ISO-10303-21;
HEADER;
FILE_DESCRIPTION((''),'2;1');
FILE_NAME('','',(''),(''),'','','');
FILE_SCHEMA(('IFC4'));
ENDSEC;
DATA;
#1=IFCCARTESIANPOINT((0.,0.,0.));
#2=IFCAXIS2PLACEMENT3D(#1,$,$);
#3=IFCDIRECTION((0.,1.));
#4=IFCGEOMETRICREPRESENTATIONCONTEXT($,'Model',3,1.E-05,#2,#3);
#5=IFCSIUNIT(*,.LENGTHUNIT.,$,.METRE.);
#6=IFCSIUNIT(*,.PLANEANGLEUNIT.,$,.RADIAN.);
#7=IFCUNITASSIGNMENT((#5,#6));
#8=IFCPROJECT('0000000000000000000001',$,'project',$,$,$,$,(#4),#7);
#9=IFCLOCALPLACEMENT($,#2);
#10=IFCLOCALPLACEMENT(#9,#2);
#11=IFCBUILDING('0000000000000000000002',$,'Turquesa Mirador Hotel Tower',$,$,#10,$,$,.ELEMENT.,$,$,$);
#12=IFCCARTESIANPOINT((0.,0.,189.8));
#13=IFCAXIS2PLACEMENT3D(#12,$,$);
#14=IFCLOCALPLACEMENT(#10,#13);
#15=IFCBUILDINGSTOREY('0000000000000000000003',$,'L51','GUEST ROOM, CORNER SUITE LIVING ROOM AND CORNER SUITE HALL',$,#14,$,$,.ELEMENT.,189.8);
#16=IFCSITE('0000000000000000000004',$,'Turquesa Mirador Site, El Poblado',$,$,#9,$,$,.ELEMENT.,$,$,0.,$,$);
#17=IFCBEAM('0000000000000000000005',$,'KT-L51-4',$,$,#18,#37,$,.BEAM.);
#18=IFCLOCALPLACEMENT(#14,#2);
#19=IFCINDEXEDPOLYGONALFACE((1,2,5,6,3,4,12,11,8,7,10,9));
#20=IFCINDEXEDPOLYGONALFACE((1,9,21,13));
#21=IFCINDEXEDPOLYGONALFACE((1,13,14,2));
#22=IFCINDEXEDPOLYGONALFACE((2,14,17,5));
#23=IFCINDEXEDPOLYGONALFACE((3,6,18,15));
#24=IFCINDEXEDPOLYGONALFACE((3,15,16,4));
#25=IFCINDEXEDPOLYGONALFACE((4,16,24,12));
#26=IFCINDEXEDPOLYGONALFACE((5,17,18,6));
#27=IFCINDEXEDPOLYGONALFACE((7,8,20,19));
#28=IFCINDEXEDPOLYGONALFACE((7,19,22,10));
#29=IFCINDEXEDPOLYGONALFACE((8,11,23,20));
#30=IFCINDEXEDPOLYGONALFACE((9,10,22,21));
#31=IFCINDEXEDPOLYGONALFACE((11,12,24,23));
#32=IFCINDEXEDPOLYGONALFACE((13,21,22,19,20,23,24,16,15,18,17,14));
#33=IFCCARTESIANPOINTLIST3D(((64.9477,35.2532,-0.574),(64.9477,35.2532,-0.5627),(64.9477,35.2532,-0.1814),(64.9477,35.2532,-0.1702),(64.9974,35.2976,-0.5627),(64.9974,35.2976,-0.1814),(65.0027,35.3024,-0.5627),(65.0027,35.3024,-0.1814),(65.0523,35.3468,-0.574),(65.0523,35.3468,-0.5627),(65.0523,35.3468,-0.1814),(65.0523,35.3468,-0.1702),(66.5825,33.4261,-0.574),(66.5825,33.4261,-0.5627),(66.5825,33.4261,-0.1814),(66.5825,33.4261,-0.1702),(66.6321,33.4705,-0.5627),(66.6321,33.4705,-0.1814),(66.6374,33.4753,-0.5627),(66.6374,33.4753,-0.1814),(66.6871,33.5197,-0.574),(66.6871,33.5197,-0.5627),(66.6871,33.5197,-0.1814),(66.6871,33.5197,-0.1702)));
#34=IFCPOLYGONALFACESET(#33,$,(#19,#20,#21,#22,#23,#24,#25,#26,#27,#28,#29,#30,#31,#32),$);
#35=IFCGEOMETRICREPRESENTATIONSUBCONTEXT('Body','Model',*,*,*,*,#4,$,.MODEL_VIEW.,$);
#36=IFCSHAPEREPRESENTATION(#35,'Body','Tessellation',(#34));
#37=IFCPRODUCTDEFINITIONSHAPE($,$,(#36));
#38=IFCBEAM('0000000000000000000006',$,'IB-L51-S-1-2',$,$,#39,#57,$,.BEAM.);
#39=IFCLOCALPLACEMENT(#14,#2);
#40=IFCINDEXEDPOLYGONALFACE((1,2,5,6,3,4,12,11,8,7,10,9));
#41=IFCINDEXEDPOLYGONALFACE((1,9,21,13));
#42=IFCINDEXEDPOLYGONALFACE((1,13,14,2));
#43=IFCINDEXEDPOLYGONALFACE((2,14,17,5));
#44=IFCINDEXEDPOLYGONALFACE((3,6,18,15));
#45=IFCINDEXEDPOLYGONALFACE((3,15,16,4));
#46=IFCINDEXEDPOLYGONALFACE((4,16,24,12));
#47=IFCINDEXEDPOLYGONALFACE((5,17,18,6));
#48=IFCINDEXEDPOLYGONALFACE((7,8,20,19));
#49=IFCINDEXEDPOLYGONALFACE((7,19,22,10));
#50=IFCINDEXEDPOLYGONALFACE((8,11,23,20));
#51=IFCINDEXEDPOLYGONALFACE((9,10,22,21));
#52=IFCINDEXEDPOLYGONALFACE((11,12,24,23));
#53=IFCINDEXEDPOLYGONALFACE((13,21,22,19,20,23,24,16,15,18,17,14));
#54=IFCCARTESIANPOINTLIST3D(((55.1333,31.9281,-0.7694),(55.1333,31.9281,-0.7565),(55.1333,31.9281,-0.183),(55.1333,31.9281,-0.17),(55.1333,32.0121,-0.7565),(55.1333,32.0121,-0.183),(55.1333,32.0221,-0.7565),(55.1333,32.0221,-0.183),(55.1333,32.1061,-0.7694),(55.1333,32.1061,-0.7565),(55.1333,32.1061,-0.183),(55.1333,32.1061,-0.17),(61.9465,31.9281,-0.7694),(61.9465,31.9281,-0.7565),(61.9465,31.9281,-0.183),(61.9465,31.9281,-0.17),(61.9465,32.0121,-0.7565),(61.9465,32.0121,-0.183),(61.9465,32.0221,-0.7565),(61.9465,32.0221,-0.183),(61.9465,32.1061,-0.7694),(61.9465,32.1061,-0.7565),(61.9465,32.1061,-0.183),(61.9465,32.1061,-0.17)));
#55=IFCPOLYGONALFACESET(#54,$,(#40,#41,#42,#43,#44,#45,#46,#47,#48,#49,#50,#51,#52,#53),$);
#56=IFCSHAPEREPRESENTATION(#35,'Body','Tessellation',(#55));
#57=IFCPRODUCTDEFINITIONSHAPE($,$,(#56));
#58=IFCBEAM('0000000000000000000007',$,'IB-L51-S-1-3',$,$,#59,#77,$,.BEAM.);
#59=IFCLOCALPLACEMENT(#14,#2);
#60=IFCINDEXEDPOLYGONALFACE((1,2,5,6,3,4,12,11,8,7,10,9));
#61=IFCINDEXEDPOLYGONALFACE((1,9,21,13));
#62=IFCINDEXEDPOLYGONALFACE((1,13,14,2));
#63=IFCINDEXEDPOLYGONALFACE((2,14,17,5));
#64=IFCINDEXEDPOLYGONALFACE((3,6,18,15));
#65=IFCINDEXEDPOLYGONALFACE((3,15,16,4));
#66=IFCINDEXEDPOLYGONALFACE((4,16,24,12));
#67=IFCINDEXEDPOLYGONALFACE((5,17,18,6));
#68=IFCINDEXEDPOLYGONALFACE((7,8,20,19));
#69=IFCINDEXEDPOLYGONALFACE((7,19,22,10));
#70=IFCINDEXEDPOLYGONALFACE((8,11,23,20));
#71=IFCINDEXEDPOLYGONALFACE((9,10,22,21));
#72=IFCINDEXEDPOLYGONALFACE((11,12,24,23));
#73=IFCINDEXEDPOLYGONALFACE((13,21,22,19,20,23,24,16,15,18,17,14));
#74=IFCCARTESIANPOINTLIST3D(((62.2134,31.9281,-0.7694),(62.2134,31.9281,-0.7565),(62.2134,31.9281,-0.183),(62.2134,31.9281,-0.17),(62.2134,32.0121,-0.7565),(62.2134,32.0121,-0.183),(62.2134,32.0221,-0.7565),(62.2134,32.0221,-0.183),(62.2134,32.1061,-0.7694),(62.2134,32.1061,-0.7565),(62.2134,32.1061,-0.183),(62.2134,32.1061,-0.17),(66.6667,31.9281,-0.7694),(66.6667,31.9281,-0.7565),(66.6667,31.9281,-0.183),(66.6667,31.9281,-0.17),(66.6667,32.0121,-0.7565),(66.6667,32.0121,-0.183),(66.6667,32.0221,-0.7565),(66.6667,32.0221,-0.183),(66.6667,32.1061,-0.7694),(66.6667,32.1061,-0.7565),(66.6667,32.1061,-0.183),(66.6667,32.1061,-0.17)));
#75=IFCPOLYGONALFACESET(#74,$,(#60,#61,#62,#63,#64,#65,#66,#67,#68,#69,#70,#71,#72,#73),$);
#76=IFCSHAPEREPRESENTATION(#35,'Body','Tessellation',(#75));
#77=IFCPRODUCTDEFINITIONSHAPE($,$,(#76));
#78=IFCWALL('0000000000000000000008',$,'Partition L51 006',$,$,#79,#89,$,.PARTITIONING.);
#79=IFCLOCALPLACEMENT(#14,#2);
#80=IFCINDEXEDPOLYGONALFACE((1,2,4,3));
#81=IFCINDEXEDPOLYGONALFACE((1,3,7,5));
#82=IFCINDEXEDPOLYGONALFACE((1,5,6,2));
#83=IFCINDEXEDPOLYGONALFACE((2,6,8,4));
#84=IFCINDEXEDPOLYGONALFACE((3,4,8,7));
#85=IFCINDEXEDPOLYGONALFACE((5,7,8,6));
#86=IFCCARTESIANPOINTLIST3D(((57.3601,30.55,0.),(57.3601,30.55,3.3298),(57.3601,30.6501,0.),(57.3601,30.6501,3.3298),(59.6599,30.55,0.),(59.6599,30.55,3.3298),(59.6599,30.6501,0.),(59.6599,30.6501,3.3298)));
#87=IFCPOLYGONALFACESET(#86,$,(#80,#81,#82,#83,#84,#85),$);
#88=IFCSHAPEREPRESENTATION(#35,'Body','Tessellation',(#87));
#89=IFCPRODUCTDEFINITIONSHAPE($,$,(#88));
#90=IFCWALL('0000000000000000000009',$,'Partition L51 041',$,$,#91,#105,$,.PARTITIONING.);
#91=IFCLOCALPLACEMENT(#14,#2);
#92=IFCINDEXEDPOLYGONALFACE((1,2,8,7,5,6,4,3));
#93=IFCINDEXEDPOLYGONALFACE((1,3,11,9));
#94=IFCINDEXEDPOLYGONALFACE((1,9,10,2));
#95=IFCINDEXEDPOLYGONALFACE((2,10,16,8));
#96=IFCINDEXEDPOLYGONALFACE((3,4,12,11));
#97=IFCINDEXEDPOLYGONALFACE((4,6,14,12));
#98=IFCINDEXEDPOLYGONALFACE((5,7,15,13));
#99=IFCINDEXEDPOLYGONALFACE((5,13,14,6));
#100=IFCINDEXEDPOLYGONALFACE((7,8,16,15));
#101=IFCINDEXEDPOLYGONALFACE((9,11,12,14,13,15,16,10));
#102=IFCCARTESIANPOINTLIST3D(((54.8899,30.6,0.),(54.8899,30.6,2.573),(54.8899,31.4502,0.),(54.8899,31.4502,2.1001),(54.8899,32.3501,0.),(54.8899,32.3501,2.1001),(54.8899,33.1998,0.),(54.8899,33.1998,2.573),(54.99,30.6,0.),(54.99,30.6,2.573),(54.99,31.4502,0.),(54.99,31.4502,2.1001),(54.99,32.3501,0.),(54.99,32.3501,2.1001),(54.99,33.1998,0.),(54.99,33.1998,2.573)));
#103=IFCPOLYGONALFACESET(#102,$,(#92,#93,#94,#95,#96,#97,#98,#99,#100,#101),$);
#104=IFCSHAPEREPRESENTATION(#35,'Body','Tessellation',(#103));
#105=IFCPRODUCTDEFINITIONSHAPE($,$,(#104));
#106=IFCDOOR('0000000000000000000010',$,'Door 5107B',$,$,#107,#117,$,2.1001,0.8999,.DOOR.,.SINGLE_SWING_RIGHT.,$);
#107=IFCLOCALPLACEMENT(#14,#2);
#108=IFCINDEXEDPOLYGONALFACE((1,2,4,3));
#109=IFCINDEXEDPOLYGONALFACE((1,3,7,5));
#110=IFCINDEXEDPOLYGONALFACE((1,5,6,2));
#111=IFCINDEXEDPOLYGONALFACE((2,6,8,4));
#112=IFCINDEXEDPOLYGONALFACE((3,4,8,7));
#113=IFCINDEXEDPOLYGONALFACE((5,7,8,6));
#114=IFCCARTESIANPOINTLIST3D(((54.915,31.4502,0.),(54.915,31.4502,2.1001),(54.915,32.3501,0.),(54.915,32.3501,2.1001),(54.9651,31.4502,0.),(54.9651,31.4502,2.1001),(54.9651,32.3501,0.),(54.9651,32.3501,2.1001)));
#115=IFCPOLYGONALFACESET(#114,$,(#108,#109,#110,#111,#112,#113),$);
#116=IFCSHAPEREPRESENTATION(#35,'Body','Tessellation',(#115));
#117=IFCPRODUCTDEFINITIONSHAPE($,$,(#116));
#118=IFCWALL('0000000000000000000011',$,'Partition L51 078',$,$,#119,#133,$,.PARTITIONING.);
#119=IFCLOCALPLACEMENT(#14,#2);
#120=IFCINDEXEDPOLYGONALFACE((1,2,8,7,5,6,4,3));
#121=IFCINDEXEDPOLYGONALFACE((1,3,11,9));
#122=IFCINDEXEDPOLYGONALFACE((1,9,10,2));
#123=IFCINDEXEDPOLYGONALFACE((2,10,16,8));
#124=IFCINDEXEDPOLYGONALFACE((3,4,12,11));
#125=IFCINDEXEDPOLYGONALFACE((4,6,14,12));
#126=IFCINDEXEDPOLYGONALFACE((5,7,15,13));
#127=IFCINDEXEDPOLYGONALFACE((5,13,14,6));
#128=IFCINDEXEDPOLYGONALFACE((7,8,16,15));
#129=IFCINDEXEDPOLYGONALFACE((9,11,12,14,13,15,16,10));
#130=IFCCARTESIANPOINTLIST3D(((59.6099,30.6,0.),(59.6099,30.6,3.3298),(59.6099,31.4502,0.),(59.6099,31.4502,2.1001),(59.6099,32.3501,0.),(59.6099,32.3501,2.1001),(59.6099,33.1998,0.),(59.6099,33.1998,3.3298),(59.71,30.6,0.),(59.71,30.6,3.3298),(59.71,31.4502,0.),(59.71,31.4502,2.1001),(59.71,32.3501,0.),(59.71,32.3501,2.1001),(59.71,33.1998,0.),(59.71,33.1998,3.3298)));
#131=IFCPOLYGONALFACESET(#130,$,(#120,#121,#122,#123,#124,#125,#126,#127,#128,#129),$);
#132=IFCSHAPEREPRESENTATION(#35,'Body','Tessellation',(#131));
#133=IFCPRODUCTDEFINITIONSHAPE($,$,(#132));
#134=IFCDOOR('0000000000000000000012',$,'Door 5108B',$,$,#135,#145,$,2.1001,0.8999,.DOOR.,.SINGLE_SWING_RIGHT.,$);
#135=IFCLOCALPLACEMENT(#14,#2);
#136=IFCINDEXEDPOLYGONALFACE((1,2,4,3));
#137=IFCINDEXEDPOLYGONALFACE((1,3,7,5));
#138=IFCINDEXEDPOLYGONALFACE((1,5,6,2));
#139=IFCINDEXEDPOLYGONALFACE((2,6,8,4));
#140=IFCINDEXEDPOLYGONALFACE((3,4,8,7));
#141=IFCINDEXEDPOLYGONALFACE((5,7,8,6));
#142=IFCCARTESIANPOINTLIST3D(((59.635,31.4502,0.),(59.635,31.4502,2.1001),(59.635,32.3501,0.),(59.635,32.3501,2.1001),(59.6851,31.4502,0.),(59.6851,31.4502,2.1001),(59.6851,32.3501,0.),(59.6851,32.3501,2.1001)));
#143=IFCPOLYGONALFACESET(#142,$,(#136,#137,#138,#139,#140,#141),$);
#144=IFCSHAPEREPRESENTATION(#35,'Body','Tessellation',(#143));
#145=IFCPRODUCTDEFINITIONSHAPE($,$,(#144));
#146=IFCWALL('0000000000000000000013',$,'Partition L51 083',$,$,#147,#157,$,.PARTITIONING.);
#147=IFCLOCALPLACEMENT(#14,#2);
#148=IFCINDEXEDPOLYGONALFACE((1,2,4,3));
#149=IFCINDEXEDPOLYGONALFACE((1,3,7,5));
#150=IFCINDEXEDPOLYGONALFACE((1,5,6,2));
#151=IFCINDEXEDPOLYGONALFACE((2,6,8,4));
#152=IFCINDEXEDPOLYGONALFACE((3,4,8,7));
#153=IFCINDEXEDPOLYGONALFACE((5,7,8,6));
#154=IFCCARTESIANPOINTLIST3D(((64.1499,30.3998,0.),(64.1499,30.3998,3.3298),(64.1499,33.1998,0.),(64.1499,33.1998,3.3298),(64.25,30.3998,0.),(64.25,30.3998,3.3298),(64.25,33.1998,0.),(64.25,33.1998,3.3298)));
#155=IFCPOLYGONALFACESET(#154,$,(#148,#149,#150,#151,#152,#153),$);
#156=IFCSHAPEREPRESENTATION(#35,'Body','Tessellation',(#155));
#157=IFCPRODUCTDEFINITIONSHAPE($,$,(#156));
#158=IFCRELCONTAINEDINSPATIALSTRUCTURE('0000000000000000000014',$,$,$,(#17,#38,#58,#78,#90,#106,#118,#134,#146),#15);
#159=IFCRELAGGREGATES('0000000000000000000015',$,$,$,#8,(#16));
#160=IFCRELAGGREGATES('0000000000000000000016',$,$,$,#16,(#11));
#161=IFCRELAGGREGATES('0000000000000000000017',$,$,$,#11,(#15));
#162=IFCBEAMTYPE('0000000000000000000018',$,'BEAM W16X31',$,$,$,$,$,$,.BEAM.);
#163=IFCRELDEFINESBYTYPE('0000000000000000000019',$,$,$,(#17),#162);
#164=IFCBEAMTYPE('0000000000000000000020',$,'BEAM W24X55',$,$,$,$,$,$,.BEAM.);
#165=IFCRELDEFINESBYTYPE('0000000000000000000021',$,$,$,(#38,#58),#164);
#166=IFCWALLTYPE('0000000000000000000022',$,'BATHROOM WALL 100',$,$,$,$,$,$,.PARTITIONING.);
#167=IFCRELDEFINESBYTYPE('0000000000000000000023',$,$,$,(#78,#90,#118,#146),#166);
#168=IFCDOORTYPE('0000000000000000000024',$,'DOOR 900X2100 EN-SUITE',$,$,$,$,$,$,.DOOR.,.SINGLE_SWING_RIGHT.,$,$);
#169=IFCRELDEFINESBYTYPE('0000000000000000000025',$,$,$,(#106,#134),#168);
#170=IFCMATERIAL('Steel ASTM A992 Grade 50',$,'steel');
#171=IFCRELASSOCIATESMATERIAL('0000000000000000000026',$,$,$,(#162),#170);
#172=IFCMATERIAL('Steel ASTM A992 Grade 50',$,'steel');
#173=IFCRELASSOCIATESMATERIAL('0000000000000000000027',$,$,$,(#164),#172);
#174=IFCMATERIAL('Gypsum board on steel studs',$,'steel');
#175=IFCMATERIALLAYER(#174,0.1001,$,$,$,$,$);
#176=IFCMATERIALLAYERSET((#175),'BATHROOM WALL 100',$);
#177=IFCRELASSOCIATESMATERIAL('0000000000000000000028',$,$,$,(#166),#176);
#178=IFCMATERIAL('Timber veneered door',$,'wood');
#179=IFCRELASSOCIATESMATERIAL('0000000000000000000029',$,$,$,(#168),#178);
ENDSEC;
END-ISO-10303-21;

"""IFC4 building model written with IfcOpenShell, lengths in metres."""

from ifc_helpers import new_model, si_unit, direction, frame, frame_2d, origin, origin_2d, place, context, subcontext, project, spatial, rectangle, i_section, extrude, material, layer, layer_set, material_profile, profile_set, type_object, element, fill, save


model = new_model("IFC4")

# Units and contexts
model_context = context("Model", 3, precision=1e-05, world=origin(), true_north=direction((0.0, 1.0)))
body_context = subcontext(model_context, "Body", "Model", "MODEL_VIEW")
ifc_project = project(units=[si_unit("LENGTHUNIT", "METRE"), si_unit("PLANEANGLEUNIT", "RADIAN")], contexts=[model_context])

# Site, building, storey
site_placement = place(None, origin())
site = spatial("IfcSite", under=ifc_project, at=site_placement, Name="Turquesa Mirador Site, El Poblado", CompositionType="ELEMENT", RefElevation=0.0)
building_placement = place(site_placement, origin())
building = spatial("IfcBuilding", under=site, at=building_placement, Name="Turquesa Mirador Hotel Tower", CompositionType="ELEMENT")
storey_placement = place(building_placement, frame((0.0, 0.0, 189.8)))
storey = spatial("IfcBuildingStorey", under=building, at=storey_placement, Name="L51", Description="GUEST ROOM, CORNER SUITE LIVING ROOM AND CORNER SUITE HALL", CompositionType="ELEMENT", Elevation=189.8)

# Beams
ifc_material_1 = material(Name="Steel ASTM A992 Grade 50", Category="steel")
ifc_material_profile_1 = material_profile(ifc_material_1, i_section(OverallWidth=0.1404, OverallDepth=0.4038, WebThickness=0.0071, FlangeThickness=0.0112, at=origin_2d()), Name="W16X31")
ifc_profile_set_1 = profile_set([ifc_material_profile_1], Name="Steel ASTM A992 Grade 50")
beam_type_1 = type_object("IfcBeamType", Name="BEAM W16X31", PredefinedType="BEAM", material=ifc_profile_set_1)
beam_1_placement = place(storey_placement, frame((66.6348, 33.4729, -0.3721), z_axis=(-0.666783, 0.745252, 0.0), x_axis=(-0.745252, -0.666783, 0.0)))
element("IfcBeam", 1, at=beam_1_placement, inside=storey, type_object=beam_type_1, Name="KT-L51-4", PredefinedType="BEAM", context=body_context, shape_type="SweptSolid", body=[
    extrude(i_section(OverallWidth=0.1404, OverallDepth=0.4038, WebThickness=0.0071, FlangeThickness=0.0112, at=origin_2d()), origin(), (0.0, 0.0, 1.0), 2.4517),
])
ifc_material_2 = material(Name="Steel ASTM A992 Grade 50", Category="steel")
ifc_material_profile_2 = material_profile(ifc_material_2, i_section(OverallWidth=0.178, OverallDepth=0.5994, WebThickness=0.01, FlangeThickness=0.0129, at=origin_2d()), Name="W24X55")
ifc_profile_set_2 = profile_set([ifc_material_profile_2], Name="Steel ASTM A992 Grade 50")
beam_type_2 = type_object("IfcBeamType", Name="BEAM W24X55", PredefinedType="BEAM", material=ifc_profile_set_2)
beam_2_placement = place(storey_placement, frame((55.1333, 32.0171, -0.4697), z_axis=(1.0, 0.0, 0.0), x_axis=(0.0, 1.0, 0.0)))
element("IfcBeam", 2, at=beam_2_placement, inside=storey, type_object=beam_type_2, Name="IB-L51-S-1-2", PredefinedType="BEAM", context=body_context, shape_type="SweptSolid", body=[
    extrude(i_section(OverallWidth=0.178, OverallDepth=0.5994, WebThickness=0.01, FlangeThickness=0.0129, at=origin_2d()), origin(), (0.0, 0.0, 1.0), 6.8132),
])
beam_3_placement = place(storey_placement, frame((62.2134, 32.0171, -0.4697), z_axis=(1.0, 0.0, 0.0), x_axis=(0.0, 1.0, 0.0)))
element("IfcBeam", 3, at=beam_3_placement, inside=storey, type_object=beam_type_2, Name="IB-L51-S-1-3", PredefinedType="BEAM", context=body_context, shape_type="SweptSolid", body=[
    extrude(i_section(OverallWidth=0.178, OverallDepth=0.5994, WebThickness=0.01, FlangeThickness=0.0129, at=origin_2d()), origin(), (0.0, 0.0, 1.0), 4.4534),
])

# Wall
ifc_material_3 = material(Name="Gypsum board on steel studs", Category="steel")
ifc_layer_1 = layer(ifc_material_3, 0.1001)
ifc_layer_set_1 = layer_set([ifc_layer_1], Name="BATHROOM WALL 100")
wall_type_1 = type_object("IfcWallType", Name="BATHROOM WALL 100", PredefinedType="PARTITIONING", material=ifc_layer_set_1)
wall_1_placement = place(storey_placement, frame((57.3601, 30.6001, 0.0), z_axis=(0.0, 0.0, 1.0), x_axis=(1.0, 0.0, 0.0)))
element("IfcWall", 4, at=wall_1_placement, inside=storey, type_object=wall_type_1, Name="Partition L51 006", PredefinedType="PARTITIONING", context=body_context, shape_type="SweptSolid", body=[
    extrude(rectangle(XDim=2.2998, YDim=0.1001, at=frame_2d((1.1499, 0.0))), origin(), (0.0, 0.0, 1.0), 3.3298),
])

# Walls, openings, doors
wall_2_placement = place(storey_placement, frame((54.9399, 30.6001, 0.0), z_axis=(0.0, 0.0, 1.0), x_axis=(0.0, 1.0, 0.0)))
wall_2 = element("IfcWall", 5, at=wall_2_placement, inside=storey, type_object=wall_type_1, Name="Partition L51 041", PredefinedType="PARTITIONING", context=body_context, shape_type="SweptSolid", body=[
    extrude(rectangle(XDim=2.5999, YDim=0.1001, at=frame_2d((1.2998, 0.0))), origin(), (0.0, 0.0, 1.0), 2.573),
])
opening_1_placement = place(wall_2_placement, frame((0.8501, 0.0, 0.0)))
opening_1 = element("IfcOpeningElement", 6, at=opening_1_placement, cuts=wall_2, PredefinedType="OPENING", context=body_context, shape_type="SweptSolid", body=[
    extrude(rectangle(XDim=0.8999, YDim=2.1001, at=frame_2d((0.45, 1.05))), frame((0.0, 0.0601, 0.0), z_axis=(0.0, -1.0, 0.0), x_axis=(1.0, 0.0, 0.0)), (0.0, 0.0, 1.0), 0.1201),
])
ifc_material_4 = material(Name="Timber veneered door", Category="wood")
door_type_1 = type_object("IfcDoorType", Name="DOOR 900X2100 EN-SUITE", OperationType="SINGLE_SWING_RIGHT", PredefinedType="DOOR", material=ifc_material_4)
door_1_placement = place(opening_1_placement, origin())
door_1 = element("IfcDoor", 7, at=door_1_placement, inside=storey, type_object=door_type_1, Name="Door 5107B", OperationType="SINGLE_SWING_RIGHT", OverallHeight=2.1001, OverallWidth=0.8999, PredefinedType="DOOR", context=body_context, shape_type="SweptSolid", body=[
    extrude(rectangle(XDim=0.8999, YDim=2.1001, at=frame_2d((0.45, 1.05))), frame((0.0, 0.0249, 0.0), z_axis=(0.0, -1.0, 0.0), x_axis=(1.0, 0.0, 0.0)), (0.0, 0.0, 1.0), 0.05),
])
fill(opening_1, door_1)
wall_3_placement = place(storey_placement, frame((59.6599, 30.6001, 0.0), z_axis=(0.0, 0.0, 1.0), x_axis=(0.0, 1.0, 0.0)))
wall_3 = element("IfcWall", 8, at=wall_3_placement, inside=storey, type_object=wall_type_1, Name="Partition L51 078", PredefinedType="PARTITIONING", context=body_context, shape_type="SweptSolid", body=[
    extrude(rectangle(XDim=2.5999, YDim=0.1001, at=frame_2d((1.2998, 0.0))), origin(), (0.0, 0.0, 1.0), 3.3298),
])
opening_2_placement = place(wall_3_placement, frame((0.8501, 0.0, 0.0)))
opening_2 = element("IfcOpeningElement", 9, at=opening_2_placement, cuts=wall_3, PredefinedType="OPENING", context=body_context, shape_type="SweptSolid", body=[
    extrude(rectangle(XDim=0.8999, YDim=2.1001, at=frame_2d((0.45, 1.05))), frame((0.0, 0.0601, 0.0), z_axis=(0.0, -1.0, 0.0), x_axis=(1.0, 0.0, 0.0)), (0.0, 0.0, 1.0), 0.1201),
])
door_2_placement = place(opening_2_placement, origin())
door_2 = element("IfcDoor", 10, at=door_2_placement, inside=storey, type_object=door_type_1, Name="Door 5108B", OperationType="SINGLE_SWING_RIGHT", OverallHeight=2.1001, OverallWidth=0.8999, PredefinedType="DOOR", context=body_context, shape_type="SweptSolid", body=[
    extrude(rectangle(XDim=0.8999, YDim=2.1001, at=frame_2d((0.45, 1.05))), frame((0.0, 0.0249, 0.0), z_axis=(0.0, -1.0, 0.0), x_axis=(1.0, 0.0, 0.0)), (0.0, 0.0, 1.0), 0.05),
])
fill(opening_2, door_2)

# Wall
wall_4_placement = place(storey_placement, frame((64.2, 30.3999, 0.0), z_axis=(0.0, 0.0, 1.0), x_axis=(0.0, 1.0, 0.0)))
element("IfcWall", 11, at=wall_4_placement, inside=storey, type_object=wall_type_1, Name="Partition L51 083", PredefinedType="PARTITIONING", context=body_context, shape_type="SweptSolid", body=[
    extrude(rectangle(XDim=2.8, YDim=0.1001, at=frame_2d((1.3999, 0.0))), origin(), (0.0, 0.0, 1.0), 3.3298),
])

save(model, "model.ifc")
